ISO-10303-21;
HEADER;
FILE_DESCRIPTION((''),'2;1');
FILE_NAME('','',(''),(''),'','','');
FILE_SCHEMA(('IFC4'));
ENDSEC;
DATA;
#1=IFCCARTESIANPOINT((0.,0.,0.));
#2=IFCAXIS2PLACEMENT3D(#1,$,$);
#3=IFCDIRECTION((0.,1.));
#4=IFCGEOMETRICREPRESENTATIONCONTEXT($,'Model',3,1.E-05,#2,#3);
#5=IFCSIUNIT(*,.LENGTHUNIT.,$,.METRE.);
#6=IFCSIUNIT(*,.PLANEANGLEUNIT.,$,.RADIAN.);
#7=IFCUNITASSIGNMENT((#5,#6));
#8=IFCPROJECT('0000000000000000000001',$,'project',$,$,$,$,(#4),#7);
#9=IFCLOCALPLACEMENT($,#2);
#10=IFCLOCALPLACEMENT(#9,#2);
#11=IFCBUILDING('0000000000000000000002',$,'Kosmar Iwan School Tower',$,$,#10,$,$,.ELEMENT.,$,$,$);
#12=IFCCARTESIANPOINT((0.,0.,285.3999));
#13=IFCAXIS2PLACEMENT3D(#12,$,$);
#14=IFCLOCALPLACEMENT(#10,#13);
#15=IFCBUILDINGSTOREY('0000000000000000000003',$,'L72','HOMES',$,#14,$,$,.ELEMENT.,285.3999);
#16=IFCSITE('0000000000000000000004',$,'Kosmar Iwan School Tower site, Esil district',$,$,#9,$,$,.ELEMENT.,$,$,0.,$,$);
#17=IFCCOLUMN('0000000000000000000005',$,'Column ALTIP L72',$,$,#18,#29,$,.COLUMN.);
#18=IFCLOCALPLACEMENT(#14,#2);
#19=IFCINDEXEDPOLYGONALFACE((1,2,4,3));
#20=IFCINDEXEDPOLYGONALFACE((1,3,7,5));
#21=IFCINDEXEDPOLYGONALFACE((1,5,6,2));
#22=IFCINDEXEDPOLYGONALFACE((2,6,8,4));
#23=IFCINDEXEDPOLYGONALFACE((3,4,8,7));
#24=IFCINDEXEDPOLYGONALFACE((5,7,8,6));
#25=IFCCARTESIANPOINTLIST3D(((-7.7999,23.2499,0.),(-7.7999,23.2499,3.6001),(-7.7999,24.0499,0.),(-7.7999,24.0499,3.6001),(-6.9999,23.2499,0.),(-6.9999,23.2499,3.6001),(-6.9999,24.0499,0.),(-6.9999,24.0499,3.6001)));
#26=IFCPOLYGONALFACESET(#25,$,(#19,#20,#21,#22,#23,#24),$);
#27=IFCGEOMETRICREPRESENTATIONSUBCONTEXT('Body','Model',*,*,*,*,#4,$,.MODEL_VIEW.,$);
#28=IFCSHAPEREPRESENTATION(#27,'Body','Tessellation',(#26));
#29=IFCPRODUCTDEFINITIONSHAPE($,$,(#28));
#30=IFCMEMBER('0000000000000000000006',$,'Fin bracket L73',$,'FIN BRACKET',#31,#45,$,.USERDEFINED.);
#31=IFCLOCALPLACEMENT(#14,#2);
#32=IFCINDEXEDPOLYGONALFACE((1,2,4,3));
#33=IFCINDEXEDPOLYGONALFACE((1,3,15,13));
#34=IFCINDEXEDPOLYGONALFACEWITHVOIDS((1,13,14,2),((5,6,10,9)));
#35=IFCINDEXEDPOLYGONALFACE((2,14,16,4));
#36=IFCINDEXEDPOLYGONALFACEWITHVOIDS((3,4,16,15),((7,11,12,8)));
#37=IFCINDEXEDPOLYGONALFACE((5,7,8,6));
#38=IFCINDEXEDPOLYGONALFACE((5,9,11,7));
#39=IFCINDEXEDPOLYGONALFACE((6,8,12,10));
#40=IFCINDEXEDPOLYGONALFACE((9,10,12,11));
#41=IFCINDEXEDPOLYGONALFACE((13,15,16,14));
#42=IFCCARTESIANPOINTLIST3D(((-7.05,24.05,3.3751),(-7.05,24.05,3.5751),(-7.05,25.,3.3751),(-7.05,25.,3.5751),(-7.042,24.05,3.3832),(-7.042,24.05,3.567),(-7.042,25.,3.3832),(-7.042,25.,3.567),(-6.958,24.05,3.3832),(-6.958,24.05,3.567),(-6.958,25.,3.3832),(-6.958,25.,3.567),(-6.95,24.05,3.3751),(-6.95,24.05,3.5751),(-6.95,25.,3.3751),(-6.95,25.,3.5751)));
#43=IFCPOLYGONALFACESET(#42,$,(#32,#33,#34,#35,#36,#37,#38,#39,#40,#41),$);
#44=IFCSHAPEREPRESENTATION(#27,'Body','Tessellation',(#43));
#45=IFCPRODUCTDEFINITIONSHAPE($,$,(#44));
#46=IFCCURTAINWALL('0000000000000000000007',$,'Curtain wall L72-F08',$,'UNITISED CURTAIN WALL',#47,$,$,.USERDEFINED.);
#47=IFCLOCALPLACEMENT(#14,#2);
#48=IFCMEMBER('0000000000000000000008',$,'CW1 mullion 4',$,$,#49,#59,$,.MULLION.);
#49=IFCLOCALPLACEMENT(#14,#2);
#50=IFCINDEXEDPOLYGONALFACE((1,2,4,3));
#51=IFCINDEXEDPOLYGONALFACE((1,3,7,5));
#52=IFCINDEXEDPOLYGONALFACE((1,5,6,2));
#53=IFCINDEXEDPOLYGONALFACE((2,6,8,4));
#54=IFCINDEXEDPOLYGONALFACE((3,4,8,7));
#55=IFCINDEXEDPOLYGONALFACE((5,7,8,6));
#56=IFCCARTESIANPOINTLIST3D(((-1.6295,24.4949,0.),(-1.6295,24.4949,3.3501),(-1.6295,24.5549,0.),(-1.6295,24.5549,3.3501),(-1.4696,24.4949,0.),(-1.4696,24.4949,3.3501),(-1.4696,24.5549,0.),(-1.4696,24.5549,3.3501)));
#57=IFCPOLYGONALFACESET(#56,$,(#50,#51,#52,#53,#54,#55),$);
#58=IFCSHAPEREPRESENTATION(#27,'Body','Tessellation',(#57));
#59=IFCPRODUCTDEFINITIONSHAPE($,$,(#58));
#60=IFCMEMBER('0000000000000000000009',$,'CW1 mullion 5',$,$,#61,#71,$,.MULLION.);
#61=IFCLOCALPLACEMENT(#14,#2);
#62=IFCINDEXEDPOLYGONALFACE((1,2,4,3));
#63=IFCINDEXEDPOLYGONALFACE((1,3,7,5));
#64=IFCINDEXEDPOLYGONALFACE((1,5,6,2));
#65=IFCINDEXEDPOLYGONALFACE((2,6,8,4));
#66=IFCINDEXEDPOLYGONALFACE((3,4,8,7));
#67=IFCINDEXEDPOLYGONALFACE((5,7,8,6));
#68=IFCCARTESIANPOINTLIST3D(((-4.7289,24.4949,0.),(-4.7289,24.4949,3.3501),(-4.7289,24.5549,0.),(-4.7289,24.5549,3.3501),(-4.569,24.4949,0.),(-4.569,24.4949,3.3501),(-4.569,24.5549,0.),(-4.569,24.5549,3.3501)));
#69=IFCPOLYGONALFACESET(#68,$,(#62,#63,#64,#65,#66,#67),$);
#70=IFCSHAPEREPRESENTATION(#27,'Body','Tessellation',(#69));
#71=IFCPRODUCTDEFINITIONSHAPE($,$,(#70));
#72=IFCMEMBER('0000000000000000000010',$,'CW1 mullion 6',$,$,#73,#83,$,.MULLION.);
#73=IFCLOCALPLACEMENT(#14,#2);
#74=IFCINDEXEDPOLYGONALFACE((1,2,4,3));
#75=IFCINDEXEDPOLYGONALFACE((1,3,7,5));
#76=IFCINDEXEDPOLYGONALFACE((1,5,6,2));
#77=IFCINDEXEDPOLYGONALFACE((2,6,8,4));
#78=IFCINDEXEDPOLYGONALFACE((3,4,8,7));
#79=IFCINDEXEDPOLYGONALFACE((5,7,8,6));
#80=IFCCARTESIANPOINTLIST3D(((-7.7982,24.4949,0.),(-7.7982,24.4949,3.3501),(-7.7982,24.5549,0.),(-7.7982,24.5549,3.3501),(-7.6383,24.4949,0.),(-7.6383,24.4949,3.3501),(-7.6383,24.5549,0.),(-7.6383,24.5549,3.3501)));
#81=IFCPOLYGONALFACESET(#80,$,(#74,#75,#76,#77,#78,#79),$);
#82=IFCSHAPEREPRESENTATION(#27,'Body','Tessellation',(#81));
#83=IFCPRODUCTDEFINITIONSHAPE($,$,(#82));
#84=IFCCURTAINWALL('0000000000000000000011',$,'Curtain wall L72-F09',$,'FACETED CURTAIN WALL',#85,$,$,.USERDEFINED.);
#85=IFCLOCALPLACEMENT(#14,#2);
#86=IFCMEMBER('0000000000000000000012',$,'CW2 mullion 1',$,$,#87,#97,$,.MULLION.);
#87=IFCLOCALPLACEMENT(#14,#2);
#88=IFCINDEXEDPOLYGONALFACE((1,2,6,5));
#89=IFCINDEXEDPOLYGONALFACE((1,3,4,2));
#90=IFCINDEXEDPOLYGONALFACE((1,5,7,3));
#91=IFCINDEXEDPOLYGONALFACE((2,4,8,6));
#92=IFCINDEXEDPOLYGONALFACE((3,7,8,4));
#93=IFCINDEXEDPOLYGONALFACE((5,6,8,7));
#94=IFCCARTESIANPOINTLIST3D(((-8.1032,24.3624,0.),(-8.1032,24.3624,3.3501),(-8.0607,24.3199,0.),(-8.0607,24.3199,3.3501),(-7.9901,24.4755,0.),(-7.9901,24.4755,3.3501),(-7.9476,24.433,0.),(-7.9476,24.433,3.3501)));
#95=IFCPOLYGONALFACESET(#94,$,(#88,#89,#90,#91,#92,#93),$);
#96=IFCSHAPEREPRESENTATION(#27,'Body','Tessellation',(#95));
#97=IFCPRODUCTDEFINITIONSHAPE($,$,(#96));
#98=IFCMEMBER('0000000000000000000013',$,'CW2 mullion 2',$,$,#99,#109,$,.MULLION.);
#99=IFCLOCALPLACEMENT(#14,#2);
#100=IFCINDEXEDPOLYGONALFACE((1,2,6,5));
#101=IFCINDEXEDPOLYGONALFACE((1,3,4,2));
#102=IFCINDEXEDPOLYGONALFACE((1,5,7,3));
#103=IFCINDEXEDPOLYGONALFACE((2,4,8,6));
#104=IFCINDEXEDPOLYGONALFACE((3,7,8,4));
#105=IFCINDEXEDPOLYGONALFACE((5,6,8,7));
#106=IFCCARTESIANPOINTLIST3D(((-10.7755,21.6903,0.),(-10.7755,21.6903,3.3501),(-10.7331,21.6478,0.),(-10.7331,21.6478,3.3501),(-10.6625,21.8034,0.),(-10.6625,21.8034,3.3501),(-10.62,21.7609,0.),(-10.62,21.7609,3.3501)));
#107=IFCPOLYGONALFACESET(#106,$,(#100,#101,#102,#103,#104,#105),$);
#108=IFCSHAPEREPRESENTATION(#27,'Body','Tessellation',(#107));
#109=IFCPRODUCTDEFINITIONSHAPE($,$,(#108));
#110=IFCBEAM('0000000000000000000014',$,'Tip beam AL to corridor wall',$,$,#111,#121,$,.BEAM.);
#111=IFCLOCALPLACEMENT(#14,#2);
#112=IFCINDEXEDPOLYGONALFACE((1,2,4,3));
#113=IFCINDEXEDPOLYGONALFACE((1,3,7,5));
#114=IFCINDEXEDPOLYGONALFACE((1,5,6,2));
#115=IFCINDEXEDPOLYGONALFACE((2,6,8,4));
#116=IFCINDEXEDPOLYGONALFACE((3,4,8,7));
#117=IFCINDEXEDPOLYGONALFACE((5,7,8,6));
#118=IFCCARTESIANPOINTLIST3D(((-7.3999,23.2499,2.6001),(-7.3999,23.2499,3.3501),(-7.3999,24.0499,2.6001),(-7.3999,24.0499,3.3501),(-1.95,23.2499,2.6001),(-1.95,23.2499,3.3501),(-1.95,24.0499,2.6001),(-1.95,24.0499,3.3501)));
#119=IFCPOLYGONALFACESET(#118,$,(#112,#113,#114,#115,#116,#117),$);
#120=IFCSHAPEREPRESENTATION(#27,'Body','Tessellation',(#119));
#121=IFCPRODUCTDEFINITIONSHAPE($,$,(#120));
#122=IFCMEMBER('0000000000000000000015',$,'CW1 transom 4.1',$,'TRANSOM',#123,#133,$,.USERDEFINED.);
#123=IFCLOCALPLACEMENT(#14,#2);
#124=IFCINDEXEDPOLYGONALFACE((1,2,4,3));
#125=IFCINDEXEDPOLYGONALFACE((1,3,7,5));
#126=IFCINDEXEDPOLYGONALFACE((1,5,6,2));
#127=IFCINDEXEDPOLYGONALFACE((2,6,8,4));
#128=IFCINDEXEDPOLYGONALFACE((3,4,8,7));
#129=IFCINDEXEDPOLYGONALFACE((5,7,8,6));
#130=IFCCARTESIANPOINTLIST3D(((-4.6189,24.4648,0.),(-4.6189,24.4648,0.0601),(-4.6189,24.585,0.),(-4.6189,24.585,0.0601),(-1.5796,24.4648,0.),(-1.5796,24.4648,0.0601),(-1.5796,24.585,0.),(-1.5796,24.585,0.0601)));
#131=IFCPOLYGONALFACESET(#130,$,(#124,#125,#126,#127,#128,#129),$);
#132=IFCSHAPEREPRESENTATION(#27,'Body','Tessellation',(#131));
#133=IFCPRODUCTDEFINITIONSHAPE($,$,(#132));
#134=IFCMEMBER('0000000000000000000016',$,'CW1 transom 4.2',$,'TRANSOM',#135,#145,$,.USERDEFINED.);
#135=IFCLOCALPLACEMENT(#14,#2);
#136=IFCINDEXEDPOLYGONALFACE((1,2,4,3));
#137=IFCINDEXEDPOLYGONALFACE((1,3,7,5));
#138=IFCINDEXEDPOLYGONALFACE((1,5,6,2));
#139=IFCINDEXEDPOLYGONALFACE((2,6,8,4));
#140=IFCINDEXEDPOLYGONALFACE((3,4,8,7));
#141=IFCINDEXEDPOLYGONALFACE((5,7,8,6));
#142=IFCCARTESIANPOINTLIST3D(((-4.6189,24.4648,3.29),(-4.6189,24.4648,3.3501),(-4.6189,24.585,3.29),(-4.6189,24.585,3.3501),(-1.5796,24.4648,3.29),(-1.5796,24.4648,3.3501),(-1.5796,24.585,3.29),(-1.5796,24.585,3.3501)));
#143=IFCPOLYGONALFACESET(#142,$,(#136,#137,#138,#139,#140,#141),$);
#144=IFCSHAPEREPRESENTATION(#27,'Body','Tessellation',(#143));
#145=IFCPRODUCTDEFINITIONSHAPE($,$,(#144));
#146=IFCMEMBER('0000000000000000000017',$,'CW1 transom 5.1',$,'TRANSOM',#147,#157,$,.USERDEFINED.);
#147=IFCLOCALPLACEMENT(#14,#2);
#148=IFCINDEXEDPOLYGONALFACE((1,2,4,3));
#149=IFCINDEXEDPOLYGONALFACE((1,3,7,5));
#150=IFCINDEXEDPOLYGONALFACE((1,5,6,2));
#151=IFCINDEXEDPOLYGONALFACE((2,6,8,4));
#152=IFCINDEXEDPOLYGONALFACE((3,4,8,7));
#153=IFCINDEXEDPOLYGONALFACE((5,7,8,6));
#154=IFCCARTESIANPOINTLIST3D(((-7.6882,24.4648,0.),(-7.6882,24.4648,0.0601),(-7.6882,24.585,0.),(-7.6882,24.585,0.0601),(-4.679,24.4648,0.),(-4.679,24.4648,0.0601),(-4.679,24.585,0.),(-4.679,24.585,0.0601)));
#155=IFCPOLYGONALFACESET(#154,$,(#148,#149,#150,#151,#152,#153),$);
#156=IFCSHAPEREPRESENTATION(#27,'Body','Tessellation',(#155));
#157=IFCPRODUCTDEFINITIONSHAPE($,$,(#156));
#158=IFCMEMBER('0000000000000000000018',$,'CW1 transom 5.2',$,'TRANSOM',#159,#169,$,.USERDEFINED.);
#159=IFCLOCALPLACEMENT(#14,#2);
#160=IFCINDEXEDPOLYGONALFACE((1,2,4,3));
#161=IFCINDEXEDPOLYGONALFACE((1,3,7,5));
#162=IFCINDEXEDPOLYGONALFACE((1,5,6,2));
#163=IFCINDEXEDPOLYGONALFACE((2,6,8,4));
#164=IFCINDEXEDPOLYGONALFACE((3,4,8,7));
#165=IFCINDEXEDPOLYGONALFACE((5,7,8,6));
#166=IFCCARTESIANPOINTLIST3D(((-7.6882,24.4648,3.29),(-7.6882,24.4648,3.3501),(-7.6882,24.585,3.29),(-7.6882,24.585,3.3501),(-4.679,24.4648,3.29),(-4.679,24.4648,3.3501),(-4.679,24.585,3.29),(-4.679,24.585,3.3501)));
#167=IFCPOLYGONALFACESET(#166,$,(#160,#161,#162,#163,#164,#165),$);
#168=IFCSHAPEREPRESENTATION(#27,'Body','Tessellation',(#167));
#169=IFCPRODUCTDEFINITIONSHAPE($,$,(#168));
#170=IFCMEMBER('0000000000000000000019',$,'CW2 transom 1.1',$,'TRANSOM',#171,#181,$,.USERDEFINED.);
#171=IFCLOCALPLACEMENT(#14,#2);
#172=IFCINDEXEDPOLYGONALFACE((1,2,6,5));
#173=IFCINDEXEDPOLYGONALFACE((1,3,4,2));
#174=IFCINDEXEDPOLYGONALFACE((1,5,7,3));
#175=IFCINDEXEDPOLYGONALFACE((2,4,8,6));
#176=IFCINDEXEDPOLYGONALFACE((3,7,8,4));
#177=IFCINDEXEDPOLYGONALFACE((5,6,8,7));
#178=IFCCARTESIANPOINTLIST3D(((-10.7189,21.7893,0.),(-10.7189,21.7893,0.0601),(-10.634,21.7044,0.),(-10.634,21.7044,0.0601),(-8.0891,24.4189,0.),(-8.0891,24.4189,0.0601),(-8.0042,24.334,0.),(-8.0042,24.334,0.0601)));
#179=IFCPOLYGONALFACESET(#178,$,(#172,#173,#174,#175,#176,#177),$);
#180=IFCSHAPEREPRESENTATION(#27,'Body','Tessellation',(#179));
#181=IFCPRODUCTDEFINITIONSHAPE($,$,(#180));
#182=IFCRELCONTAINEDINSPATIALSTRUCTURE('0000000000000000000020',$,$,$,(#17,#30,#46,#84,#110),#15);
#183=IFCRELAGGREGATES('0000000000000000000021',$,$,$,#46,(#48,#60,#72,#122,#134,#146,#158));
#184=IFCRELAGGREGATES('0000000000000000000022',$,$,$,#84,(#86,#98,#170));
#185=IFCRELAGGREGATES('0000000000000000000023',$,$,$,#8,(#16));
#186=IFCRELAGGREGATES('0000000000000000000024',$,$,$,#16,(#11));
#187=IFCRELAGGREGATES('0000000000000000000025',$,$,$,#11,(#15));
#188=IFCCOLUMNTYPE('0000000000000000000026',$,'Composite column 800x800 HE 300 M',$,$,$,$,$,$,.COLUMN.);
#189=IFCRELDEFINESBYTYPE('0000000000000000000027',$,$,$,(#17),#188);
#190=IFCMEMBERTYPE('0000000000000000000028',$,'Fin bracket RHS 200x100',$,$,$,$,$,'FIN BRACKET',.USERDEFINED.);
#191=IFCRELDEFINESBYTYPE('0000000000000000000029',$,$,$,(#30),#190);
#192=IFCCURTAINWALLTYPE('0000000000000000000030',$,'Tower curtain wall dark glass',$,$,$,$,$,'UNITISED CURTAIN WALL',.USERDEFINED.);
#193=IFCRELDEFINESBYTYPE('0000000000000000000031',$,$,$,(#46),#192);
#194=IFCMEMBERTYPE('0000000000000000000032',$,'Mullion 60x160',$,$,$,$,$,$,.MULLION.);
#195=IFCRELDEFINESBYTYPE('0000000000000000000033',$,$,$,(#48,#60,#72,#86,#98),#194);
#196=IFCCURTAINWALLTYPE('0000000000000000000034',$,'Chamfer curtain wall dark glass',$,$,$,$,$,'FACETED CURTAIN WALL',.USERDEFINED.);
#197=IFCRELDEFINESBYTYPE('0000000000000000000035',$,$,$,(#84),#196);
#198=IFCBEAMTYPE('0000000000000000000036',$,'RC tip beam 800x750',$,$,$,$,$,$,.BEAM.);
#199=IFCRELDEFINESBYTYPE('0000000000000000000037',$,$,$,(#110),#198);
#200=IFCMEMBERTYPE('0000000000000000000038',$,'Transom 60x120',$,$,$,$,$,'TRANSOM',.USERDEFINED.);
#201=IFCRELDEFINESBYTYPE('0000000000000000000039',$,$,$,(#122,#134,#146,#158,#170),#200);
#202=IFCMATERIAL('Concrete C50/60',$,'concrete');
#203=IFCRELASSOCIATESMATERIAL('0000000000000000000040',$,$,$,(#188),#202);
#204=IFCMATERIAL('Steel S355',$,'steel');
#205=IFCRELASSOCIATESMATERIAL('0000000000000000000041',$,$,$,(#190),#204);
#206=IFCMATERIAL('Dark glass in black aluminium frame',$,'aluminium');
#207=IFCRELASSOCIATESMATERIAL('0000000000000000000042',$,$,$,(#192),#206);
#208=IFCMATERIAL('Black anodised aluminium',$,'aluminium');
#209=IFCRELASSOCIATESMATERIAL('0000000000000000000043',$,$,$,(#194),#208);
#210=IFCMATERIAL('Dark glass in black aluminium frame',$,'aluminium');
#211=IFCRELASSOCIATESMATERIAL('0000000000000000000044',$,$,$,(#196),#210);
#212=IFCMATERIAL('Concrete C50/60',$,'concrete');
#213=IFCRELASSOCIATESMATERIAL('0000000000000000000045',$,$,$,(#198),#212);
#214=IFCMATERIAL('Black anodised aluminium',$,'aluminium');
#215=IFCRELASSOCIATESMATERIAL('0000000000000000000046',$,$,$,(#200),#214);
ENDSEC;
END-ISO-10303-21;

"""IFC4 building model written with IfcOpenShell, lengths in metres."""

from ifc_helpers import new_model, si_unit, direction, frame, origin, origin_2d, place, context, subcontext, project, spatial, rectangle, hollow_rectangle, extrude, material, material_profile, profile_set, type_object, element, aggregate, save


model = new_model("IFC4")

# Units and contexts
model_context = context("Model", 3, precision=1e-05, world=origin(), true_north=direction((0.0, 1.0)))
body_context = subcontext(model_context, "Body", "Model", "MODEL_VIEW")
ifc_project = project(units=[si_unit("LENGTHUNIT", "METRE"), si_unit("PLANEANGLEUNIT", "RADIAN")], contexts=[model_context])

# Site, building, storey
site_placement = place(None, origin())
site = spatial("IfcSite", under=ifc_project, at=site_placement, Name="Kosmar Iwan School Tower site, Esil district", CompositionType="ELEMENT", RefElevation=0.0)
building_placement = place(site_placement, origin())
building = spatial("IfcBuilding", under=site, at=building_placement, Name="Kosmar Iwan School Tower", CompositionType="ELEMENT")
storey_placement = place(building_placement, frame((0.0, 0.0, 285.3999)))
storey = spatial("IfcBuildingStorey", under=building, at=storey_placement, Name="L72", Description="HOMES", CompositionType="ELEMENT", Elevation=285.3999)

# Column
ifc_material_1 = material(Name="Concrete C50/60", Category="concrete")
ifc_material_profile_1 = material_profile(ifc_material_1, rectangle(XDim=0.8, YDim=0.8, at=origin_2d()), Name="RC 800x800 + HE 300 M")
ifc_profile_set_1 = profile_set([ifc_material_profile_1], Name="Concrete C50/60")
column_type = type_object("IfcColumnType", Name="Composite column 800x800 HE 300 M", PredefinedType="COLUMN", material=ifc_profile_set_1)
column_placement = place(storey_placement, frame((-7.3999, 23.6499, 0.0), z_axis=(0.0, 0.0, 1.0), x_axis=(0.0, 1.0, 0.0)))
element("IfcColumn", 1, at=column_placement, inside=storey, type_object=column_type, Name="Column ALTIP L72", PredefinedType="COLUMN", context=body_context, shape_type="SweptSolid", body=[
    extrude(rectangle(XDim=0.8, YDim=0.8, at=origin_2d()), origin(), (0.0, 0.0, 1.0), 3.6001),
])

# Member
ifc_material_2 = material(Name="Steel S355", Category="steel")
ifc_material_profile_2 = material_profile(ifc_material_2, hollow_rectangle(XDim=0.1001, YDim=0.2, WallThickness=0.0081, at=origin_2d()), Name="RHS 200x100x8")
ifc_profile_set_2 = profile_set([ifc_material_profile_2], Name="Steel S355")
member_type_1 = type_object("IfcMemberType", Name="Fin bracket RHS 200x100", ElementType="FIN BRACKET", PredefinedType="USERDEFINED", material=ifc_profile_set_2)
member_1_placement = place(storey_placement, frame((-7.0, 24.05, 3.4751), z_axis=(0.0, 1.0, 0.0), x_axis=(-1.0, 0.0, 0.0)))
element("IfcMember", 2, at=member_1_placement, inside=storey, type_object=member_type_1, Name="Fin bracket L73", ObjectType="FIN BRACKET", PredefinedType="USERDEFINED", context=body_context, shape_type="SweptSolid", body=[
    extrude(hollow_rectangle(XDim=0.1001, YDim=0.2, WallThickness=0.0081, at=origin_2d()), origin(), (0.0, 0.0, 1.0), 0.95),
])

# Curtain walls, members
ifc_material_3 = material(Name="Dark glass in black aluminium frame", Category="aluminium")
curtain_wall_type_1 = type_object("IfcCurtainWallType", Name="Tower curtain wall dark glass", ElementType="UNITISED CURTAIN WALL", PredefinedType="USERDEFINED", material=ifc_material_3)
curtain_wall_1_placement = place(storey_placement, origin())
curtain_wall_1 = element("IfcCurtainWall", 3, at=curtain_wall_1_placement, inside=storey, type_object=curtain_wall_type_1, Name="Curtain wall L72-F08", ObjectType="UNITISED CURTAIN WALL", PredefinedType="USERDEFINED")
ifc_material_4 = material(Name="Black anodised aluminium", Category="aluminium")
ifc_material_profile_3 = material_profile(ifc_material_4, rectangle(XDim=0.0601, YDim=0.1599, at=origin_2d()), Name="MULLION 60x160")
ifc_profile_set_3 = profile_set([ifc_material_profile_3], Name="Black anodised aluminium")
member_type_2 = type_object("IfcMemberType", Name="Mullion 60x160", PredefinedType="MULLION", material=ifc_profile_set_3)
member_2_placement = place(storey_placement, frame((-1.5496, 24.5249, 0.0), z_axis=(0.0, 0.0, 1.0), x_axis=(0.0, -1.0, 0.0)))
member_2 = element("IfcMember", 4, at=member_2_placement, type_object=member_type_2, Name="CW1 mullion 4", PredefinedType="MULLION", context=body_context, shape_type="SweptSolid", body=[
    extrude(rectangle(XDim=0.0601, YDim=0.1599, at=origin_2d()), origin(), (0.0, 0.0, 1.0), 3.3501),
])
member_3_placement = place(storey_placement, frame((-4.6489, 24.5249, 0.0), z_axis=(0.0, 0.0, 1.0), x_axis=(0.0, -1.0, 0.0)))
member_3 = element("IfcMember", 5, at=member_3_placement, type_object=member_type_2, Name="CW1 mullion 5", PredefinedType="MULLION", context=body_context, shape_type="SweptSolid", body=[
    extrude(rectangle(XDim=0.0601, YDim=0.1599, at=origin_2d()), origin(), (0.0, 0.0, 1.0), 3.3501),
])
member_4_placement = place(storey_placement, frame((-7.7183, 24.5249, 0.0), z_axis=(0.0, 0.0, 1.0), x_axis=(0.0, -1.0, 0.0)))
member_4 = element("IfcMember", 6, at=member_4_placement, type_object=member_type_2, Name="CW1 mullion 6", PredefinedType="MULLION", context=body_context, shape_type="SweptSolid", body=[
    extrude(rectangle(XDim=0.0601, YDim=0.1599, at=origin_2d()), origin(), (0.0, 0.0, 1.0), 3.3501),
])
ifc_material_5 = material(Name="Dark glass in black aluminium frame", Category="aluminium")
curtain_wall_type_2 = type_object("IfcCurtainWallType", Name="Chamfer curtain wall dark glass", ElementType="FACETED CURTAIN WALL", PredefinedType="USERDEFINED", material=ifc_material_5)
curtain_wall_2_placement = place(storey_placement, origin())
curtain_wall_2 = element("IfcCurtainWall", 7, at=curtain_wall_2_placement, inside=storey, type_object=curtain_wall_type_2, Name="Curtain wall L72-F09", ObjectType="FACETED CURTAIN WALL", PredefinedType="USERDEFINED")
member_5_placement = place(storey_placement, frame((-8.0254, 24.3977, 0.0), z_axis=(0.0, 0.0, 1.0), x_axis=(0.707107, -0.707107, 0.0)))
member_5 = element("IfcMember", 8, at=member_5_placement, type_object=member_type_2, Name="CW2 mullion 1", PredefinedType="MULLION", context=body_context, shape_type="SweptSolid", body=[
    extrude(rectangle(XDim=0.0601, YDim=0.1599, at=origin_2d()), origin(), (0.0, 0.0, 1.0), 3.3501),
])
member_6_placement = place(storey_placement, frame((-10.6978, 21.7256, 0.0), z_axis=(0.0, 0.0, 1.0), x_axis=(0.707107, -0.707107, 0.0)))
member_6 = element("IfcMember", 9, at=member_6_placement, type_object=member_type_2, Name="CW2 mullion 2", PredefinedType="MULLION", context=body_context, shape_type="SweptSolid", body=[
    extrude(rectangle(XDim=0.0601, YDim=0.1599, at=origin_2d()), origin(), (0.0, 0.0, 1.0), 3.3501),
])

# Beam
ifc_material_6 = material(Name="Concrete C50/60", Category="concrete")
ifc_material_profile_4 = material_profile(ifc_material_6, rectangle(XDim=0.8, YDim=0.75, at=origin_2d()), Name="RC 800x750")
ifc_profile_set_4 = profile_set([ifc_material_profile_4], Name="Concrete C50/60")
beam_type = type_object("IfcBeamType", Name="RC tip beam 800x750", PredefinedType="BEAM", material=ifc_profile_set_4)
beam_placement = place(storey_placement, frame((-7.3999, 23.6499, 2.9751), z_axis=(1.0, 0.0, 0.0), x_axis=(0.0, 1.0, 0.0)))
element("IfcBeam", 10, at=beam_placement, inside=storey, type_object=beam_type, Name="Tip beam AL to corridor wall", PredefinedType="BEAM", context=body_context, shape_type="SweptSolid", body=[
    extrude(rectangle(XDim=0.8, YDim=0.75, at=origin_2d()), origin(), (0.0, 0.0, 1.0), 5.45),
])

# Members
ifc_material_7 = material(Name="Black anodised aluminium", Category="aluminium")
ifc_material_profile_5 = material_profile(ifc_material_7, rectangle(XDim=0.1201, YDim=0.0601, at=origin_2d()), Name="TRANSOM 60x120")
ifc_profile_set_5 = profile_set([ifc_material_profile_5], Name="Black anodised aluminium")
member_type_3 = type_object("IfcMemberType", Name="Transom 60x120", ElementType="TRANSOM", PredefinedType="USERDEFINED", material=ifc_profile_set_5)
member_7_placement = place(storey_placement, frame((-1.5796, 24.5249, 0.03), z_axis=(-1.0, 0.0, 0.0), x_axis=(0.0, -1.0, 0.0)))
member_7 = element("IfcMember", 11, at=member_7_placement, type_object=member_type_3, Name="CW1 transom 4.1", ObjectType="TRANSOM", PredefinedType="USERDEFINED", context=body_context, shape_type="SweptSolid", body=[
    extrude(rectangle(XDim=0.1201, YDim=0.0601, at=origin_2d()), origin(), (0.0, 0.0, 1.0), 3.0393),
])
member_8_placement = place(storey_placement, frame((-1.5796, 24.5249, 3.3201), z_axis=(-1.0, 0.0, 0.0), x_axis=(0.0, -1.0, 0.0)))
member_8 = element("IfcMember", 12, at=member_8_placement, type_object=member_type_3, Name="CW1 transom 4.2", ObjectType="TRANSOM", PredefinedType="USERDEFINED", context=body_context, shape_type="SweptSolid", body=[
    extrude(rectangle(XDim=0.1201, YDim=0.0601, at=origin_2d()), origin(), (0.0, 0.0, 1.0), 3.0393),
])
member_9_placement = place(storey_placement, frame((-4.679, 24.5249, 0.03), z_axis=(-1.0, 0.0, 0.0), x_axis=(0.0, -1.0, 0.0)))
member_9 = element("IfcMember", 13, at=member_9_placement, type_object=member_type_3, Name="CW1 transom 5.1", ObjectType="TRANSOM", PredefinedType="USERDEFINED", context=body_context, shape_type="SweptSolid", body=[
    extrude(rectangle(XDim=0.1201, YDim=0.0601, at=origin_2d()), origin(), (0.0, 0.0, 1.0), 3.0093),
])
member_10_placement = place(storey_placement, frame((-4.679, 24.5249, 3.3201), z_axis=(-1.0, 0.0, 0.0), x_axis=(0.0, -1.0, 0.0)))
member_10 = element("IfcMember", 14, at=member_10_placement, type_object=member_type_3, Name="CW1 transom 5.2", ObjectType="TRANSOM", PredefinedType="USERDEFINED", context=body_context, shape_type="SweptSolid", body=[
    extrude(rectangle(XDim=0.1201, YDim=0.0601, at=origin_2d()), origin(), (0.0, 0.0, 1.0), 3.0093),
])
member_11_placement = place(storey_placement, frame((-8.0466, 24.3765, 0.03), z_axis=(-0.70714, -0.707074, 0.0), x_axis=(0.707074, -0.70714, 0.0)))
member_11 = element("IfcMember", 15, at=member_11_placement, type_object=member_type_3, Name="CW2 transom 1.1", ObjectType="TRANSOM", PredefinedType="USERDEFINED", context=body_context, shape_type="SweptSolid", body=[
    extrude(rectangle(XDim=0.1201, YDim=0.0601, at=origin_2d()), origin(), (0.0, 0.0, 1.0), 3.719),
])

aggregate(curtain_wall_1, [member_2, member_3, member_4, member_7, member_8, member_9, member_10])
aggregate(curtain_wall_2, [member_5, member_6, member_11])

save(model, "model.ifc")
